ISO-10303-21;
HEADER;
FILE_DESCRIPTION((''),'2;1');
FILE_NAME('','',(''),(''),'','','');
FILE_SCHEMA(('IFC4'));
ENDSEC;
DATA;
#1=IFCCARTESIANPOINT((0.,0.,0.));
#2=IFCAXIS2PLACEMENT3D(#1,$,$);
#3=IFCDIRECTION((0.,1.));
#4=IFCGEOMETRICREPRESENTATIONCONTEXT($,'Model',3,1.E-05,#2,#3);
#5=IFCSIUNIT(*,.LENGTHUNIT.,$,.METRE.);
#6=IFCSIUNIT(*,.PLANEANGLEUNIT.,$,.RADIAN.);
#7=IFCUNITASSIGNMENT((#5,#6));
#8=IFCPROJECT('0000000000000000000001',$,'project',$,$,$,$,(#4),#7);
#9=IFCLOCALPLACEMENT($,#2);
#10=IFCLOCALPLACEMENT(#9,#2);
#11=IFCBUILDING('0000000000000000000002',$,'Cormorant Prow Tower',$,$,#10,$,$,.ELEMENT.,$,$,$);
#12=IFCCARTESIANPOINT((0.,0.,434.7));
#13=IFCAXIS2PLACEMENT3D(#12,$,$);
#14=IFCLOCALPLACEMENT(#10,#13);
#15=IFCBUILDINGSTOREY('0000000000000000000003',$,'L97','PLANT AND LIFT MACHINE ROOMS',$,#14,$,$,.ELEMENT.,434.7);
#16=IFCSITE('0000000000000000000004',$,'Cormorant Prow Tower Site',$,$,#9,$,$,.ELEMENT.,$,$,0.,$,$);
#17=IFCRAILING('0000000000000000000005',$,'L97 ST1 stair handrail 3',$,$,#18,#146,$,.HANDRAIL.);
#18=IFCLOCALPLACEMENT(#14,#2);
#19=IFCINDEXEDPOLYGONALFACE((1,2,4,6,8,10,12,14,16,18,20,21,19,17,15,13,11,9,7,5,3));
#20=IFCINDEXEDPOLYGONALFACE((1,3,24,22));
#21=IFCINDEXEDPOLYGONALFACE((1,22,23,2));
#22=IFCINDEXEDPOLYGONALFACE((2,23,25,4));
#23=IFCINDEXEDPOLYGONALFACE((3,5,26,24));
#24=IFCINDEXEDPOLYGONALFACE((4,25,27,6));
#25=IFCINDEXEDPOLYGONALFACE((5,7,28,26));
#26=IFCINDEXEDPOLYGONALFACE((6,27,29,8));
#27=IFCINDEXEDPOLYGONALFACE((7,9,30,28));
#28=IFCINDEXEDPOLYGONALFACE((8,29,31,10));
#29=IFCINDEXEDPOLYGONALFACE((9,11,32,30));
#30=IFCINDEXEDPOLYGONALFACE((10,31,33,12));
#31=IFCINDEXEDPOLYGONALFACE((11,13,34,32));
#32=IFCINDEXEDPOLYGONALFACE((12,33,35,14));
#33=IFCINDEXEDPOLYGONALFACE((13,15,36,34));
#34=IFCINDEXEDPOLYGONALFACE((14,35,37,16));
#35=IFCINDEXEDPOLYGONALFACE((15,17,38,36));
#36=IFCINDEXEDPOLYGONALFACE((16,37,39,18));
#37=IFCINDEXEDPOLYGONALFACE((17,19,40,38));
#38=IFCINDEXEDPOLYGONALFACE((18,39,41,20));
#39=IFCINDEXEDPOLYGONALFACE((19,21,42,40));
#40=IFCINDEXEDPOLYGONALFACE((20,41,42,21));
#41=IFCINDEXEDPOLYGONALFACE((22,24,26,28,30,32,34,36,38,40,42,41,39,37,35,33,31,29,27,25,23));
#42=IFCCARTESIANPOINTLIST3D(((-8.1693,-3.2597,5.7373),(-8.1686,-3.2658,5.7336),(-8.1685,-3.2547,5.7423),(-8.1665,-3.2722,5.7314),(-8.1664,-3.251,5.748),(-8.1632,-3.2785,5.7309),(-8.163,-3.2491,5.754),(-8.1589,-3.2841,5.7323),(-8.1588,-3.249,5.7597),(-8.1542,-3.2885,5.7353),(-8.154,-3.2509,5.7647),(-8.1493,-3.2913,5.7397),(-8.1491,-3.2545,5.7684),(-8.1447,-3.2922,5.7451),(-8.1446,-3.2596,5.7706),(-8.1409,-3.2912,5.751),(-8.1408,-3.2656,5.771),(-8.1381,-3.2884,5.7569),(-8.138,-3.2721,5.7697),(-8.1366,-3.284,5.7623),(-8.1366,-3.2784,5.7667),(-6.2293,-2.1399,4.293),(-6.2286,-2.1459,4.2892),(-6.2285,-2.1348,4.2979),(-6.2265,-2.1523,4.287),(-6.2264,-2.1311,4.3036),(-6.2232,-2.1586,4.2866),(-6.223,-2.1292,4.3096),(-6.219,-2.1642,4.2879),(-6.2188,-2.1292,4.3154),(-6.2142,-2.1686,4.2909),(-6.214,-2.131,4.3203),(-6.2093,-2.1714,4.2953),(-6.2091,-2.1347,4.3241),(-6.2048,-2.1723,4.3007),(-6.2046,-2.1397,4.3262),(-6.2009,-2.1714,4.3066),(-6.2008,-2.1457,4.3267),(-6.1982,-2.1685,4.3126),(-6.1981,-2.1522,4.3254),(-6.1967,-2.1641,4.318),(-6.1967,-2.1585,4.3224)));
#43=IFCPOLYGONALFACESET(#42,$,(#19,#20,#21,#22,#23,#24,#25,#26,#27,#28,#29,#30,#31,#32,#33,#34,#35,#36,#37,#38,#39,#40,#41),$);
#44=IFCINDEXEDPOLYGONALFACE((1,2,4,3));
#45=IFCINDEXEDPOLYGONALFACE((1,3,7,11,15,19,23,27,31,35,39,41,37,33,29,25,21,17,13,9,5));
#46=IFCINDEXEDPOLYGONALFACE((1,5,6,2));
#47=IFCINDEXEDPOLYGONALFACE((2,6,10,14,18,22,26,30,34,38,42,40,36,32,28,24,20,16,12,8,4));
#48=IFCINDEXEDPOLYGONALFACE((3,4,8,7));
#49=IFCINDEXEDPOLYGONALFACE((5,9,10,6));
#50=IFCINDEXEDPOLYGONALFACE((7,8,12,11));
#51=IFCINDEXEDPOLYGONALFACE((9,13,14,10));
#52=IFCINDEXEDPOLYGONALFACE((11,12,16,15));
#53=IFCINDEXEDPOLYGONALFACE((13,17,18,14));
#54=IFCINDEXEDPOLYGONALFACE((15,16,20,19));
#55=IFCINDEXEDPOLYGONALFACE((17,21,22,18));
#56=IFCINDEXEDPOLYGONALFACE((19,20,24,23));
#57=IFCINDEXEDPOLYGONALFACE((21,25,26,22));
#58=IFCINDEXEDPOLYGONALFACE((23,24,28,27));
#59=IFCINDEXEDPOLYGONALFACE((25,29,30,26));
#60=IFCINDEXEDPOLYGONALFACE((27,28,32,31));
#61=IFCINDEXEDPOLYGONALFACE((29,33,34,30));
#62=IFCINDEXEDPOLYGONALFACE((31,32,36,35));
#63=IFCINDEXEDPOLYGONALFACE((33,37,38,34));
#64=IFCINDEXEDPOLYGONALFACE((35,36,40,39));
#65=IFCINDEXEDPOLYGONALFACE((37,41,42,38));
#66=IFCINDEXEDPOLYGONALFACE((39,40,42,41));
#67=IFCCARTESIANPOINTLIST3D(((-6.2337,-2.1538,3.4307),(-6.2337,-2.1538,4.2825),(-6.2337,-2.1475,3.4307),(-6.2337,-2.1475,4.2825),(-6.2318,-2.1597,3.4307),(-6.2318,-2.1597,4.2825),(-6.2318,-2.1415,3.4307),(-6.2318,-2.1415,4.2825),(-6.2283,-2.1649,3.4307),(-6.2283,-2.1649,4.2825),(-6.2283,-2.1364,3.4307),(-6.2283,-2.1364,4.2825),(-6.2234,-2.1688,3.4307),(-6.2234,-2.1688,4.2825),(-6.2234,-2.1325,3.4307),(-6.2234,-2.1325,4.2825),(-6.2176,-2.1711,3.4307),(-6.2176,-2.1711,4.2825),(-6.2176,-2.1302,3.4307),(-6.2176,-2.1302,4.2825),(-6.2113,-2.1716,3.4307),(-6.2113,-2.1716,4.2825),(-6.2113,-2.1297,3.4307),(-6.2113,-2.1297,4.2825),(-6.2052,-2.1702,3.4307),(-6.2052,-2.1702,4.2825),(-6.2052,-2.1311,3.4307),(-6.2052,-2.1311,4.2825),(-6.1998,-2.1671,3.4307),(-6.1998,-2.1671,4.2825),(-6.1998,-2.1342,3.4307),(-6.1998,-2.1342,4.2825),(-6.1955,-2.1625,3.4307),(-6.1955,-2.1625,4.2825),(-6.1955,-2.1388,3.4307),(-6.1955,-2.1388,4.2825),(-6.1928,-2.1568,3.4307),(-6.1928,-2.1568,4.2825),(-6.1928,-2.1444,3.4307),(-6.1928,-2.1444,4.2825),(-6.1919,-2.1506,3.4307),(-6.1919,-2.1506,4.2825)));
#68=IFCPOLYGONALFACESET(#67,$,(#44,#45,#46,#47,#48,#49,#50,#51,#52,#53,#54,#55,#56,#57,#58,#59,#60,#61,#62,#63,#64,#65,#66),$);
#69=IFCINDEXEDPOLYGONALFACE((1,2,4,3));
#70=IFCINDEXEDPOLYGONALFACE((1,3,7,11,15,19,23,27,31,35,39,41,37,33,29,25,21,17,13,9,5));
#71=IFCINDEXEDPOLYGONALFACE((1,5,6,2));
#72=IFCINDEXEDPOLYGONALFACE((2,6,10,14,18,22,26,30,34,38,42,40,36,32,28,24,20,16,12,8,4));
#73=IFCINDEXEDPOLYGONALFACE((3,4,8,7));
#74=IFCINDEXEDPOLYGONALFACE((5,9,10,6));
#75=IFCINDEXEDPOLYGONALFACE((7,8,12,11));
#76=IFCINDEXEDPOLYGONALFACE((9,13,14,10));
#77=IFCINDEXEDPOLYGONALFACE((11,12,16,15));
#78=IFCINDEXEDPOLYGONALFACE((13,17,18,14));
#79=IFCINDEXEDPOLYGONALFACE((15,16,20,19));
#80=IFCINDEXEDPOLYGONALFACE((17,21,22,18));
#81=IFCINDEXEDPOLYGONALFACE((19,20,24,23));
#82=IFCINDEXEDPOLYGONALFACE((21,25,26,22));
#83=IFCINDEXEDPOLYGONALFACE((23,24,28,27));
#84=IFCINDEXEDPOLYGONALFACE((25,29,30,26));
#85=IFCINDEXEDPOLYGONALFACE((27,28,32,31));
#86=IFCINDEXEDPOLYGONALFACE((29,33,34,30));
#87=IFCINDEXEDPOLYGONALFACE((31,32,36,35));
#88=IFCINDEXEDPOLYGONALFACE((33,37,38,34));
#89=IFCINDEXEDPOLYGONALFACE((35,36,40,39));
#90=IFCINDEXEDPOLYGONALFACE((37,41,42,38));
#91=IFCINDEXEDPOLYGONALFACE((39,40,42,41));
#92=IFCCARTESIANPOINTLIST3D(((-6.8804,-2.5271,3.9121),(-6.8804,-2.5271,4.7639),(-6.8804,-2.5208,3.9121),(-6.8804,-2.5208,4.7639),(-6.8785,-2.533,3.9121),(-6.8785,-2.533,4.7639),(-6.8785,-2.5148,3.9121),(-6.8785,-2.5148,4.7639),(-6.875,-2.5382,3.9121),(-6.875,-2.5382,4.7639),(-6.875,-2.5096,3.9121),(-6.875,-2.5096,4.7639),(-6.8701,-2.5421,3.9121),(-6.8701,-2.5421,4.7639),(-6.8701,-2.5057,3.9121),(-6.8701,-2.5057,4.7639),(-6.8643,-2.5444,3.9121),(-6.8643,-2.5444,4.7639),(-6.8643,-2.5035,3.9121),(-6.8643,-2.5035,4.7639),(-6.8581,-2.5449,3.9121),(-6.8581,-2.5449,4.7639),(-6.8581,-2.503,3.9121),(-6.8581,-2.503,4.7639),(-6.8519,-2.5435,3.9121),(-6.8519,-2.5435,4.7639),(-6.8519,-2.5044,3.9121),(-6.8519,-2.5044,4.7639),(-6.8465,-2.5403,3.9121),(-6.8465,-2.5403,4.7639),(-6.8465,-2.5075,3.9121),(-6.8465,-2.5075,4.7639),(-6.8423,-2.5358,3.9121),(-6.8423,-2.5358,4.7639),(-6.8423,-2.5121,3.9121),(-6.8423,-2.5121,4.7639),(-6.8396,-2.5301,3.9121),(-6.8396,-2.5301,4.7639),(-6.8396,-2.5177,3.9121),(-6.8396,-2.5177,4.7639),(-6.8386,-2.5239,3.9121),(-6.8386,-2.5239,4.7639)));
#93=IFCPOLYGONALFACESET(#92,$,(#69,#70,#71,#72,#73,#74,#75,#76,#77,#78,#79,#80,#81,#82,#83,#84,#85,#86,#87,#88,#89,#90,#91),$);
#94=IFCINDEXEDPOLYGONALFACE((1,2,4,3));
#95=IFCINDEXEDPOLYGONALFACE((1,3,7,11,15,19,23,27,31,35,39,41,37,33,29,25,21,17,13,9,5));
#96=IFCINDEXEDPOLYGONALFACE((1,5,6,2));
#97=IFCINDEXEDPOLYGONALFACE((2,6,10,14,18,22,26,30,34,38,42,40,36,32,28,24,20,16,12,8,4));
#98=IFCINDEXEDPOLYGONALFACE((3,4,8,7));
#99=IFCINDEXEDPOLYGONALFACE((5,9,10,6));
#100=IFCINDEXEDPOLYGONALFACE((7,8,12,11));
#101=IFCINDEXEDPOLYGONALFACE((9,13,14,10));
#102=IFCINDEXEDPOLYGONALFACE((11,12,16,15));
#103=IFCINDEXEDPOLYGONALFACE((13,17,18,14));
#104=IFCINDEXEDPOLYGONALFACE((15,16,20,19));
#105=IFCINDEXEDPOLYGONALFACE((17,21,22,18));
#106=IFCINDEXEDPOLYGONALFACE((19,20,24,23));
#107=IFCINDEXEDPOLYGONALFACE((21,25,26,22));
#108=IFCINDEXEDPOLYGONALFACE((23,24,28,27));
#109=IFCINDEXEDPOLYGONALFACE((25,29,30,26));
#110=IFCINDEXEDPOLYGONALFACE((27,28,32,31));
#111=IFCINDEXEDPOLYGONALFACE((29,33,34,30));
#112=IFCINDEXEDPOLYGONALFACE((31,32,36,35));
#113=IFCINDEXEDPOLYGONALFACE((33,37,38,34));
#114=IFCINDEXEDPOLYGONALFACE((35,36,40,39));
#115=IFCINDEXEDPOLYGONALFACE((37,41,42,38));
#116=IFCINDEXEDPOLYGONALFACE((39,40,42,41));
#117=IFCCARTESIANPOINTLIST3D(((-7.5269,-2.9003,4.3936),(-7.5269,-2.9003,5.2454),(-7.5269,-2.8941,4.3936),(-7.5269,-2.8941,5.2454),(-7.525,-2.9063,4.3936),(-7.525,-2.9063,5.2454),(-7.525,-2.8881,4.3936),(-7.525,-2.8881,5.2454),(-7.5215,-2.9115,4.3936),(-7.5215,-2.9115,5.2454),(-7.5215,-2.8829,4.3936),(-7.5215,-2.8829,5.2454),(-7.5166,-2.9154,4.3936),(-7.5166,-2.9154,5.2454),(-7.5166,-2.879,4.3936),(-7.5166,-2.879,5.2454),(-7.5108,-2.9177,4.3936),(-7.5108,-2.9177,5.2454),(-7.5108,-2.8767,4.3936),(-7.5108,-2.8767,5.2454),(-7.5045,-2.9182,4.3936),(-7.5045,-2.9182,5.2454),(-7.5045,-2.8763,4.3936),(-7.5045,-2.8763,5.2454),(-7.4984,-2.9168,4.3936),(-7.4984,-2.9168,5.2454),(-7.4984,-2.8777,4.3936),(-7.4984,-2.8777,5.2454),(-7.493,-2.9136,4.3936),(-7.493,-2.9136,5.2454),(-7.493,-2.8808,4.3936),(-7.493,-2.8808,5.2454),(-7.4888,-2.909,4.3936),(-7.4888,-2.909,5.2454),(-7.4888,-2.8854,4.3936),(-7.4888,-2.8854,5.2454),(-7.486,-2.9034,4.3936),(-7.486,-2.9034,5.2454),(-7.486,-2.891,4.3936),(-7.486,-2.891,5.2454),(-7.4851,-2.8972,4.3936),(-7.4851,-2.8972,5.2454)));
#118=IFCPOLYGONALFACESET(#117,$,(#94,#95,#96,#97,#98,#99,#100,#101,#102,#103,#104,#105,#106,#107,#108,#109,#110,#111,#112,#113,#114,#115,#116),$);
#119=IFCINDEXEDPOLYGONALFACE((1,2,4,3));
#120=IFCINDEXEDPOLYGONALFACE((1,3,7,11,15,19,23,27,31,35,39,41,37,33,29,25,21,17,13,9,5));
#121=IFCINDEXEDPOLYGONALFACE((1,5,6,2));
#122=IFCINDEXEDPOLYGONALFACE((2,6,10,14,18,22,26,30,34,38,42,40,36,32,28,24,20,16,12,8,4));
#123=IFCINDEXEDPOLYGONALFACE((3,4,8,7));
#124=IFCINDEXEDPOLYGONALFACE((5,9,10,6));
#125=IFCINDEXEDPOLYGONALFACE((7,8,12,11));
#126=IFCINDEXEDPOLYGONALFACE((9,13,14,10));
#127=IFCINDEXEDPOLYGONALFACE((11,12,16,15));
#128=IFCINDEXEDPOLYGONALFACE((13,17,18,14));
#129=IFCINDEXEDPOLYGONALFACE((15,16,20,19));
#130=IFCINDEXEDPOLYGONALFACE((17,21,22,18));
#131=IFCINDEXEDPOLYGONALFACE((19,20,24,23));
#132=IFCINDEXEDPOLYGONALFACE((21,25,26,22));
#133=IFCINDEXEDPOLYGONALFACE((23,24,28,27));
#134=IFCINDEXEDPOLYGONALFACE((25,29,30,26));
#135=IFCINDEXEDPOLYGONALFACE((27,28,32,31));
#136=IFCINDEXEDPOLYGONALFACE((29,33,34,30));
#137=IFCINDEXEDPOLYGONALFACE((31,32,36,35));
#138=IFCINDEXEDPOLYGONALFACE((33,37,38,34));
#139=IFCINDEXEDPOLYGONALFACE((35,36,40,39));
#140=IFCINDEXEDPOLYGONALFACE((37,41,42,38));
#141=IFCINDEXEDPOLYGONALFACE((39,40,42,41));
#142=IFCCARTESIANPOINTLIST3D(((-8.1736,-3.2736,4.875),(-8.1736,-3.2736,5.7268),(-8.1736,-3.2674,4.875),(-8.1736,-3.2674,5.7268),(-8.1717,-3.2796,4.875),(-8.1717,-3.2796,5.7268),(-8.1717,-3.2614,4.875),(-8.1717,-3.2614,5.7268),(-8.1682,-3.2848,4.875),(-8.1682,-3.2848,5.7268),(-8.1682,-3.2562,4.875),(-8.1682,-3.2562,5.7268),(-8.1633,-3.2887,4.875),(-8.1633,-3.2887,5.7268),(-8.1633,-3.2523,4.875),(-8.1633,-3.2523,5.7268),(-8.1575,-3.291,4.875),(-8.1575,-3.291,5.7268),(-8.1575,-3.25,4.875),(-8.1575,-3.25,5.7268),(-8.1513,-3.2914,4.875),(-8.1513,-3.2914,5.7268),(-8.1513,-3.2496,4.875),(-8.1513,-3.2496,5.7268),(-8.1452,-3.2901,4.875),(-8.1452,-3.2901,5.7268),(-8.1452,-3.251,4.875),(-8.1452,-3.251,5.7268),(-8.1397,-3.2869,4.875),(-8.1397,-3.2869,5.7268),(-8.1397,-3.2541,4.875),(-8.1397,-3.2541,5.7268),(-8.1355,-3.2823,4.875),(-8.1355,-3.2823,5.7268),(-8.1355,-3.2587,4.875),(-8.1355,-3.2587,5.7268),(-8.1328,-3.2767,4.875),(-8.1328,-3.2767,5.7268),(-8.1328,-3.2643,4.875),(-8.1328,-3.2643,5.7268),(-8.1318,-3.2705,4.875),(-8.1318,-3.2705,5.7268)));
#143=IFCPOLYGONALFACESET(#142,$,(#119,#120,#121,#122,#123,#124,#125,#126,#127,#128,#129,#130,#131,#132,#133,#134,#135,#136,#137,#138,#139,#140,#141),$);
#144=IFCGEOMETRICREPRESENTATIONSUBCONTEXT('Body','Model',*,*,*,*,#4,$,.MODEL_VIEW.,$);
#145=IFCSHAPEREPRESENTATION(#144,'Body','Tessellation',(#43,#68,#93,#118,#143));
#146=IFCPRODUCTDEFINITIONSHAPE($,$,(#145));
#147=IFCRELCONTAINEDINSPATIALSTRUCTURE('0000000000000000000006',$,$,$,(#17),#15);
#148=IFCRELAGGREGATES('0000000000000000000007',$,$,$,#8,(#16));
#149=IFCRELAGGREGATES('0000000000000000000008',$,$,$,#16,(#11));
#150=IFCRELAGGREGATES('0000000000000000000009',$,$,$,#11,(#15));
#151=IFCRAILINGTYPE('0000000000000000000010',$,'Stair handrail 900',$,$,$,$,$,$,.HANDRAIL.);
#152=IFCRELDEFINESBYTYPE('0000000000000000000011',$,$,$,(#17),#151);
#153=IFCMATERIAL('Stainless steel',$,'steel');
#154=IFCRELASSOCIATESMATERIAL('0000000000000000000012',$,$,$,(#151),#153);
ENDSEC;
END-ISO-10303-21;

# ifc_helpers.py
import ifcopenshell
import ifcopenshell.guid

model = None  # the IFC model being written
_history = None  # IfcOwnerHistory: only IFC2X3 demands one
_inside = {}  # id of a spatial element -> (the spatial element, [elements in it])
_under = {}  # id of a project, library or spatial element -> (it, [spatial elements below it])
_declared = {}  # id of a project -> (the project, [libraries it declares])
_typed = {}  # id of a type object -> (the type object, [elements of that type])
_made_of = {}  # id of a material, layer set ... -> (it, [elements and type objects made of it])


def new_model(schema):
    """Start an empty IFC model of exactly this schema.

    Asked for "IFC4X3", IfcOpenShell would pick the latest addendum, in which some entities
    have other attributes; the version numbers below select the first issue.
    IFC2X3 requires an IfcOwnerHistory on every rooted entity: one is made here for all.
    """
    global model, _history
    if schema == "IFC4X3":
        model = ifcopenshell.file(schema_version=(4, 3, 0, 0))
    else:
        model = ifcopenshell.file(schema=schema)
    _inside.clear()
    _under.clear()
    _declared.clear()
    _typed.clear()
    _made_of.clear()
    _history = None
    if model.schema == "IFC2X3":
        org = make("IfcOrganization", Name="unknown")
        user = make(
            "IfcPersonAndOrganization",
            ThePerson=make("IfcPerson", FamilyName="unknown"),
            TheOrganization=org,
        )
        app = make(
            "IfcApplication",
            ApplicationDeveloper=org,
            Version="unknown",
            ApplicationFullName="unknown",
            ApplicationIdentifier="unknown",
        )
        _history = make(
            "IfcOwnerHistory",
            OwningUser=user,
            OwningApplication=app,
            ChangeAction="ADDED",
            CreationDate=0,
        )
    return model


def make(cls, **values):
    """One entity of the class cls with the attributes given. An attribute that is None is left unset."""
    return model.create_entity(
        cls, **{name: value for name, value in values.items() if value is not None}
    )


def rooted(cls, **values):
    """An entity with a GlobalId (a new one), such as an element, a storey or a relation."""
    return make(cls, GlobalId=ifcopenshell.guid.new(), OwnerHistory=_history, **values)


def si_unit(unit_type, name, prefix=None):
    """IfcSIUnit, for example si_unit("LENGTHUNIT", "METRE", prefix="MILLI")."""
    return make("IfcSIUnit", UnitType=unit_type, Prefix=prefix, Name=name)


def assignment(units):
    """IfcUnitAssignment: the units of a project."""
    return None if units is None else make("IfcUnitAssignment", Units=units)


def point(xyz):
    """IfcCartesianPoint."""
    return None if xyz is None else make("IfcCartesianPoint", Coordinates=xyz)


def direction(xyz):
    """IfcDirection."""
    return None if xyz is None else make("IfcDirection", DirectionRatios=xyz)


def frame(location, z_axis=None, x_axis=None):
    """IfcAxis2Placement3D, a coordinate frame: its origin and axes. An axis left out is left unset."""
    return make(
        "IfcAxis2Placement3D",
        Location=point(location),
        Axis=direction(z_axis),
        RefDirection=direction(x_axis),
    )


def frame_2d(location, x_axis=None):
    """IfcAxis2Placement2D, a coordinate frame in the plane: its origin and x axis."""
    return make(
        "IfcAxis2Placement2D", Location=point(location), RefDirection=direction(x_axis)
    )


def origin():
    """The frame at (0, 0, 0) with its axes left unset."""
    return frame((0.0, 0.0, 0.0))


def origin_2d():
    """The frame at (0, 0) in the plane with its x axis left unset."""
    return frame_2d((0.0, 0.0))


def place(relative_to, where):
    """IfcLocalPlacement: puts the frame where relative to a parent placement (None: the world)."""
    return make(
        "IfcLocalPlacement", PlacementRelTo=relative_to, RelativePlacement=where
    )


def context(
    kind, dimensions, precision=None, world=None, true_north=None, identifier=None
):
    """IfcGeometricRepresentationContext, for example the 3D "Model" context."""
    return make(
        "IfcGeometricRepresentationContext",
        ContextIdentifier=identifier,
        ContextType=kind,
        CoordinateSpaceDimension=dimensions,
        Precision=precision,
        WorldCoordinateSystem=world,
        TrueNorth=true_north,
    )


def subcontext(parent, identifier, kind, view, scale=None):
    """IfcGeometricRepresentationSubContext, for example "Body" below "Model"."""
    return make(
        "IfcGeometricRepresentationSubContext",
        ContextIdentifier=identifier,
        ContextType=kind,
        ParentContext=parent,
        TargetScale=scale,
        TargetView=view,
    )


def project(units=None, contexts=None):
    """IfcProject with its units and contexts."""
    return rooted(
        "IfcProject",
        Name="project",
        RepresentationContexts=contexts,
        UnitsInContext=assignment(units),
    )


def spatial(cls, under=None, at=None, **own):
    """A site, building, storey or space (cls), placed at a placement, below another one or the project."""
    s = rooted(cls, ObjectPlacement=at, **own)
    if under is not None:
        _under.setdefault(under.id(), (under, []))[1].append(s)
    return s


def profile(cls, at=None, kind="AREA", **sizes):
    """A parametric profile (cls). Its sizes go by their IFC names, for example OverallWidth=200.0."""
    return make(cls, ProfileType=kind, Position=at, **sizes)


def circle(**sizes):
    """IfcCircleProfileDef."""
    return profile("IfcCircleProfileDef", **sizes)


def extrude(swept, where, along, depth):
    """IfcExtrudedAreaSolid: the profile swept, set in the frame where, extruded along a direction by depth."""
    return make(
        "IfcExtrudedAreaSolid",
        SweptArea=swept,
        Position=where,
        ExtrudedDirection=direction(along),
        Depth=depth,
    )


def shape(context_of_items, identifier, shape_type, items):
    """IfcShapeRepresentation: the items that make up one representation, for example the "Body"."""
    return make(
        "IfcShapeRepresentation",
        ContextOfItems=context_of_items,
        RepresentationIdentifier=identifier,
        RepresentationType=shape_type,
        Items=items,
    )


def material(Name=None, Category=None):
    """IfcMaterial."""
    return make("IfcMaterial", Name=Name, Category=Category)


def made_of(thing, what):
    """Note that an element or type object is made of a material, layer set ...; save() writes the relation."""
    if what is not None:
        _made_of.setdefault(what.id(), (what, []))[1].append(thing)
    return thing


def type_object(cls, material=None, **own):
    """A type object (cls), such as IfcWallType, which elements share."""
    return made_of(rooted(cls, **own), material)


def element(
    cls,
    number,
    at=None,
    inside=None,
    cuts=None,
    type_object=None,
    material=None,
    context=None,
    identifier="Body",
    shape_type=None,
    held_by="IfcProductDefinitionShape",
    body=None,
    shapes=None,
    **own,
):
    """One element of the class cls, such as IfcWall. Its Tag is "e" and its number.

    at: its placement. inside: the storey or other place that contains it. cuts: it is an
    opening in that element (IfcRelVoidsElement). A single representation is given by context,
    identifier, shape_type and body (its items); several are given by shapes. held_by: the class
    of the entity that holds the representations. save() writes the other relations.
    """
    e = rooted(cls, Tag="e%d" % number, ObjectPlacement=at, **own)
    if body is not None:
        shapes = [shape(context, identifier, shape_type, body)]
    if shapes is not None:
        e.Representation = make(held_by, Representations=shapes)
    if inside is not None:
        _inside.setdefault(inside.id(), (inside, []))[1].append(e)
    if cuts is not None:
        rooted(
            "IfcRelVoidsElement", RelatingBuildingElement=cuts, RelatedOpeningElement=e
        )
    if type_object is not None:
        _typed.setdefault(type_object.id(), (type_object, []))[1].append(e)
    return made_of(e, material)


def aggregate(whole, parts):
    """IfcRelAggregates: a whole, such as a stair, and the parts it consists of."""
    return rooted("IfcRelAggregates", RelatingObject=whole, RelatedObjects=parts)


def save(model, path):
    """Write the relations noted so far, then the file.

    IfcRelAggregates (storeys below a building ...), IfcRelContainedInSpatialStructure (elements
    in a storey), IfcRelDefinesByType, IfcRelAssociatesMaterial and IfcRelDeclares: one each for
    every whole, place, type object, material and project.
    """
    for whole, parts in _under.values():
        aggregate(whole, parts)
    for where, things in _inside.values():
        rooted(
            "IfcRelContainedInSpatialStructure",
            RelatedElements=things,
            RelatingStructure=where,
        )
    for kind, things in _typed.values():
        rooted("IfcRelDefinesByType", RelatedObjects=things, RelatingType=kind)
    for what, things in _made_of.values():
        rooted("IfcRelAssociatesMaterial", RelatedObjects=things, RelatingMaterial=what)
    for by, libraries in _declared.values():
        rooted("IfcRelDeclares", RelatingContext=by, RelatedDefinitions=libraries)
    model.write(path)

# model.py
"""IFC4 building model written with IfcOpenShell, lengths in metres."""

from ifc_helpers import new_model, si_unit, direction, frame, origin, origin_2d, place, context, subcontext, project, spatial, circle, extrude, material, type_object, element, save


model = new_model("IFC4")

# Units and contexts
model_context = context("Model", 3, precision=1e-05, world=origin(), true_north=direction((0.0, 1.0)))
body_context = subcontext(model_context, "Body", "Model", "MODEL_VIEW")
ifc_project = project(units=[si_unit("LENGTHUNIT", "METRE"), si_unit("PLANEANGLEUNIT", "RADIAN")], contexts=[model_context])

# Site, building, storey
site_placement = place(None, origin())
site = spatial("IfcSite", under=ifc_project, at=site_placement, Name="Cormorant Prow Tower Site", CompositionType="ELEMENT", RefElevation=0.0)
building_placement = place(site_placement, origin())
building = spatial("IfcBuilding", under=site, at=building_placement, Name="Cormorant Prow Tower", CompositionType="ELEMENT")
storey_placement = place(building_placement, frame((0.0, 0.0, 434.7)))
storey = spatial("IfcBuildingStorey", under=building, at=storey_placement, Name="L97", Description="PLANT AND LIFT MACHINE ROOMS", CompositionType="ELEMENT", Elevation=434.7)

# Railing
ifc_material_1 = material(Name="Stainless steel", Category="steel")
railing_type = type_object("IfcRailingType", Name="Stair handrail 900", PredefinedType="HANDRAIL", material=ifc_material_1)
for number, where, name in (
    (1, (-6.2129, -2.1506, 3.4307), "L97 ST1 stair handrail 3"),
):
    element("IfcRailing", number, at=place(storey_placement, frame(where)), inside=storey, type_object=railing_type, Name=name, PredefinedType="HANDRAIL", context=body_context, shape_type="SweptSolid", body=[
        extrude(circle(Radius=0.0239, at=origin_2d()), frame((0.0, 0.0, 0.876), z_axis=(-0.727863, -0.420175, 0.541912), x_axis=(0.499949, -0.866055, 0.0)), (0.0, 0.0, 1.0), 2.6653),
        extrude(circle(Radius=0.021, at=origin_2d()), origin(), (0.0, 0.0, 1.0), 0.8518),
        extrude(circle(Radius=0.021, at=origin_2d()), frame((-0.6467, -0.3733, 0.4814)), (0.0, 0.0, 1.0), 0.8518),
        extrude(circle(Radius=0.021, at=origin_2d()), frame((-1.2932, -0.7466, 0.9629)), (0.0, 0.0, 1.0), 0.8518),
        extrude(circle(Radius=0.021, at=origin_2d()), frame((-1.9399, -1.1199, 1.4443)), (0.0, 0.0, 1.0), 0.8518),
    ])

save(model, "model.ifc")
